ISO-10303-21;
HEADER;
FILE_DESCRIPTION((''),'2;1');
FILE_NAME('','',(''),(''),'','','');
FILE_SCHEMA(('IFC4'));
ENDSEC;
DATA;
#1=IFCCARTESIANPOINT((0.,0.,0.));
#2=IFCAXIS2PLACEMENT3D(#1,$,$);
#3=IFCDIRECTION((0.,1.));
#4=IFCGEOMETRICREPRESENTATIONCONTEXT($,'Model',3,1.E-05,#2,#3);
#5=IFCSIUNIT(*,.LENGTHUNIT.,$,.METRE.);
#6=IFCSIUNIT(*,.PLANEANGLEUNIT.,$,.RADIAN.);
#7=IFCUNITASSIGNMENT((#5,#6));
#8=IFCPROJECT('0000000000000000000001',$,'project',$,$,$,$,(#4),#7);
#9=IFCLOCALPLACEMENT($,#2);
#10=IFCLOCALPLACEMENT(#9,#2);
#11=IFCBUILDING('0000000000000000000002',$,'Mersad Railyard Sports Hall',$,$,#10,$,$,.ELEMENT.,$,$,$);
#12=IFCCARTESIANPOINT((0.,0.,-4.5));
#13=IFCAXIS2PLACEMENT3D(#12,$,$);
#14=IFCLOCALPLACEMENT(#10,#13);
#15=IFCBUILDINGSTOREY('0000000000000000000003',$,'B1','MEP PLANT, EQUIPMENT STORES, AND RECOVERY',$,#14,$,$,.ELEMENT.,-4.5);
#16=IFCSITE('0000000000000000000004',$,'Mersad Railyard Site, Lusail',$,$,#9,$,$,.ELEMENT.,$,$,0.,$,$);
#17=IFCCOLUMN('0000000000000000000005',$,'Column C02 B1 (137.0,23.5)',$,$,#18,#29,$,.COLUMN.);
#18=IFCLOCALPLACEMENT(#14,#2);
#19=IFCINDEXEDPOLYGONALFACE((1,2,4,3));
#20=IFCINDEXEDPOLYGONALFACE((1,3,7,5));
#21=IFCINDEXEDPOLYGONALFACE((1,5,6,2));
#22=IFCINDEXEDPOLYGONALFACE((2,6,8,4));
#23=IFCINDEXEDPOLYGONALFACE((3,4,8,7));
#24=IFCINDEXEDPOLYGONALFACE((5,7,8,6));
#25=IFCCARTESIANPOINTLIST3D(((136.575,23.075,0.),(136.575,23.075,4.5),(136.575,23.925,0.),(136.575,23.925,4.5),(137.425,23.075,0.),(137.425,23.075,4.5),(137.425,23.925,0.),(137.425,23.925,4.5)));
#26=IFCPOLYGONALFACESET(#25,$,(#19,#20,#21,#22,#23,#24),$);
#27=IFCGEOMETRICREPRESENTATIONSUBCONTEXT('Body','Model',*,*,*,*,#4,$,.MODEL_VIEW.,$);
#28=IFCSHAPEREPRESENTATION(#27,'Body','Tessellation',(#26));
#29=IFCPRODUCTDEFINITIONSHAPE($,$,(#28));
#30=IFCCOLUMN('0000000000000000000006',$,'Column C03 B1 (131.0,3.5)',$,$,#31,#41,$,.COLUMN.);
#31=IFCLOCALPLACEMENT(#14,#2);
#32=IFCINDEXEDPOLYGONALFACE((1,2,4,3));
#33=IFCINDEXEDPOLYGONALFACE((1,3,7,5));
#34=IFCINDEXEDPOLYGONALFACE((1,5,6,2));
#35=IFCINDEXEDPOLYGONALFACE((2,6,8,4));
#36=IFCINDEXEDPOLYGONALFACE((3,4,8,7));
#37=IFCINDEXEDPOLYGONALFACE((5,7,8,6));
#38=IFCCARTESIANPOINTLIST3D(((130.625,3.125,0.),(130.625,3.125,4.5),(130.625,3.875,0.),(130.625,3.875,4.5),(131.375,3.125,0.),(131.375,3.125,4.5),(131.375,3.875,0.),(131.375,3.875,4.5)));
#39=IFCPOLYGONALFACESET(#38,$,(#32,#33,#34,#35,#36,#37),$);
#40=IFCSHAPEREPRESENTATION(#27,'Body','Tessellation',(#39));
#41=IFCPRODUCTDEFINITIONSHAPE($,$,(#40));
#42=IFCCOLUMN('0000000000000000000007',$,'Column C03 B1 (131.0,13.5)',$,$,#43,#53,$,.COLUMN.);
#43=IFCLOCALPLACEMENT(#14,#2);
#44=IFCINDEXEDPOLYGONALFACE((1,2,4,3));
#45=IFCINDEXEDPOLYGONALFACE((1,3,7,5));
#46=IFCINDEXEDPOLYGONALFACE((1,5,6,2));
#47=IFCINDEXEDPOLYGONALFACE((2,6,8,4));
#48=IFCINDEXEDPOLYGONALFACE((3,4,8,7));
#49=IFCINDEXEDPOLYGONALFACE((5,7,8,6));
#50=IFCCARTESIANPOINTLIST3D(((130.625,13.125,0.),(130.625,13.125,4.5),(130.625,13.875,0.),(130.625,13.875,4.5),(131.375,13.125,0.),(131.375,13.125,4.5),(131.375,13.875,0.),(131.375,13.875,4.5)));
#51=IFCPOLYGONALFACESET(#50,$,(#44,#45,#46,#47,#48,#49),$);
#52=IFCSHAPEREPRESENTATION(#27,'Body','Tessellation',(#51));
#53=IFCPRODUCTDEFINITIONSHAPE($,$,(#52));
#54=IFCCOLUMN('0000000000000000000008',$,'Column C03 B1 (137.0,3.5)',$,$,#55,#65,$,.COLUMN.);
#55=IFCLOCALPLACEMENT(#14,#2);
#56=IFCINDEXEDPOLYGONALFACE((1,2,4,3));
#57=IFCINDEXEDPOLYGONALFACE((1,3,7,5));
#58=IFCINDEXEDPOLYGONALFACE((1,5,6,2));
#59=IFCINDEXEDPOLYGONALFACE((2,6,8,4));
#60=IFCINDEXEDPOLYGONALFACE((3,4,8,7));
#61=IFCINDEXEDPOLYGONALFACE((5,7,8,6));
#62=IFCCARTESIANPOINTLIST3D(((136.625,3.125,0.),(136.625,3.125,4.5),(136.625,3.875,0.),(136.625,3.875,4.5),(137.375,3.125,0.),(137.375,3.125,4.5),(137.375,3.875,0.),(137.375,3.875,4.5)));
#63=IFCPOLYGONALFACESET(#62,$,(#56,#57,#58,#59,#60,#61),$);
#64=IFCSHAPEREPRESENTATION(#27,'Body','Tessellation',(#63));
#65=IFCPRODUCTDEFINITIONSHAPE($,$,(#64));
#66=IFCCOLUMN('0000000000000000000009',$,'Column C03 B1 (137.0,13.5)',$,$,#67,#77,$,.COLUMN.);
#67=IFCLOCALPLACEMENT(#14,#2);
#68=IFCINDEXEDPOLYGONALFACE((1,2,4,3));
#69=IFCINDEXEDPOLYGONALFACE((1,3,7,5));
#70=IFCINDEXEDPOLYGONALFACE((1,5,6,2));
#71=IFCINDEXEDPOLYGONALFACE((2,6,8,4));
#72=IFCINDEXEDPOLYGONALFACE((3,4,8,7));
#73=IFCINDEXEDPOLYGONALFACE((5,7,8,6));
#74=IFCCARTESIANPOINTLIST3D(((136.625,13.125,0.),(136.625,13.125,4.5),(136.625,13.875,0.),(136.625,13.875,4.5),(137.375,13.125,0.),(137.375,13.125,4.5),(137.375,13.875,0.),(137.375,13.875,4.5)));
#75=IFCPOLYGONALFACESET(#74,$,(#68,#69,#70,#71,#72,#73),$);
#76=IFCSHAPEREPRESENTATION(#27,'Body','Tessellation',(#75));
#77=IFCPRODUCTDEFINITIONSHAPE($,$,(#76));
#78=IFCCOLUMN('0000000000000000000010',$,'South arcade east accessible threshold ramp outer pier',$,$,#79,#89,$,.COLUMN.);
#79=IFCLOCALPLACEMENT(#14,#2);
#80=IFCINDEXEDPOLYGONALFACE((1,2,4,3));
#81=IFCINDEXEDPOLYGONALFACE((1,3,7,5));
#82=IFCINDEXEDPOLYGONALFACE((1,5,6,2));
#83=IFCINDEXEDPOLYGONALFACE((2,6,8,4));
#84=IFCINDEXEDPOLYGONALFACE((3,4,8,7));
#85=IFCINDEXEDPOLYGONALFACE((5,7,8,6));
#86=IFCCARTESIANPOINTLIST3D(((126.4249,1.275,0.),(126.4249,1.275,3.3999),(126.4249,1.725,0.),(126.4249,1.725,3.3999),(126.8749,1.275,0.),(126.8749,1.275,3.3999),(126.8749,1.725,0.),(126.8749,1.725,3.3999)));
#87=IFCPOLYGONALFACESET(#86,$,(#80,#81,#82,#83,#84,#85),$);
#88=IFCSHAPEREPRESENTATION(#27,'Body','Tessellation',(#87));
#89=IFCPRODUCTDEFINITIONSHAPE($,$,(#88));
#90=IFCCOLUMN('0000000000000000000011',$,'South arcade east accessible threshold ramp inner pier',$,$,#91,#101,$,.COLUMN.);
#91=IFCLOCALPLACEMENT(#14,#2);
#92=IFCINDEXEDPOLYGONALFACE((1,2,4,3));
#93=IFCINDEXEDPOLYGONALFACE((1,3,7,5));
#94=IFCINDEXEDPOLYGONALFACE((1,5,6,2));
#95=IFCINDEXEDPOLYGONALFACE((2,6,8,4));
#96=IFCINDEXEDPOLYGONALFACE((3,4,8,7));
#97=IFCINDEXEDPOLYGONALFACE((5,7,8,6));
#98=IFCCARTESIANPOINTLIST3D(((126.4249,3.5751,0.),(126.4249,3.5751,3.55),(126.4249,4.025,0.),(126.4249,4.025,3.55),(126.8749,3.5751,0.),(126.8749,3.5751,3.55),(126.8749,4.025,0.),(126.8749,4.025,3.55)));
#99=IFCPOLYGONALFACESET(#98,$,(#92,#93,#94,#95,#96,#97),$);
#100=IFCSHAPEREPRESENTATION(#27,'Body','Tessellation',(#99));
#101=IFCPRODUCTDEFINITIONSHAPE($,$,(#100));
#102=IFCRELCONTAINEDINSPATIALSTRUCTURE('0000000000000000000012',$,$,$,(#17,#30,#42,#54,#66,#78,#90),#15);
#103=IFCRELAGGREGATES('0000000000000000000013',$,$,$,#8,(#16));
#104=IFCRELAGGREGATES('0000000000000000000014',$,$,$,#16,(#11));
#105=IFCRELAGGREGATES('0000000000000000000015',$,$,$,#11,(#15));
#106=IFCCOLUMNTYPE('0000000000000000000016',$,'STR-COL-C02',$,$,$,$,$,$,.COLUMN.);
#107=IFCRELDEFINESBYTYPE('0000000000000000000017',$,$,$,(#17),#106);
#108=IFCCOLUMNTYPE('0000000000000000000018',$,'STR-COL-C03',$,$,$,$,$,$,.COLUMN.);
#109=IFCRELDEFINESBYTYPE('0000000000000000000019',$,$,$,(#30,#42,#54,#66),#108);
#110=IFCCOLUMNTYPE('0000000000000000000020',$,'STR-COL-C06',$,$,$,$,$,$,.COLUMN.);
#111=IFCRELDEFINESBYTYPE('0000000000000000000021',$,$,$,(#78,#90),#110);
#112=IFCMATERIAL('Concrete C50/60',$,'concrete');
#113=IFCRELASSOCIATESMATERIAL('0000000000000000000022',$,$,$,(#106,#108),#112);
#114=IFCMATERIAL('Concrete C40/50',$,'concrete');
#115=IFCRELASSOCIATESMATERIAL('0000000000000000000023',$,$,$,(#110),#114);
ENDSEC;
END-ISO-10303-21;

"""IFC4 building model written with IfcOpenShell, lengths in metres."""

from ifc_helpers import new_model, si_unit, direction, frame, origin, origin_2d, place, context, subcontext, project, spatial, rectangle, extrude, material, material_profile, profile_set, type_object, element, save


model = new_model("IFC4")

# Units and contexts
model_context = context("Model", 3, precision=1e-05, world=origin(), true_north=direction((0.0, 1.0)))
body_context = subcontext(model_context, "Body", "Model", "MODEL_VIEW")
ifc_project = project(units=[si_unit("LENGTHUNIT", "METRE"), si_unit("PLANEANGLEUNIT", "RADIAN")], contexts=[model_context])

# Site, building, storey
site_placement = place(None, origin())
site = spatial("IfcSite", under=ifc_project, at=site_placement, Name="Mersad Railyard Site, Lusail", CompositionType="ELEMENT", RefElevation=0.0)
building_placement = place(site_placement, origin())
building = spatial("IfcBuilding", under=site, at=building_placement, Name="Mersad Railyard Sports Hall", CompositionType="ELEMENT")
storey_placement = place(building_placement, frame((0.0, 0.0, -4.5)))
storey = spatial("IfcBuildingStorey", under=building, at=storey_placement, Name="B1", Description="MEP PLANT, EQUIPMENT STORES, AND RECOVERY", CompositionType="ELEMENT", Elevation=-4.5)

# Shared definitions
ifc_material_1 = material(Name="Concrete C40/50", Category="concrete")

# Columns
ifc_material_2 = material(Name="Concrete C50/60", Category="concrete")
ifc_material_profile_1 = material_profile(ifc_material_2, rectangle(XDim=0.8501, YDim=0.8501, at=origin_2d()), Name="RC 850x850")
ifc_profile_set_1 = profile_set([ifc_material_profile_1], Name="Concrete C50/60")
column_type_1 = type_object("IfcColumnType", Name="STR-COL-C02", PredefinedType="COLUMN", material=ifc_profile_set_1)
for number, where, z_axis, x_axis, name in (
    (1, (137.0, 23.5, 0.0), (0.0, 0.0, 1.0), (1.0, 0.0, 0.0), "Column C02 B1 (137.0,23.5)"),
):
    element("IfcColumn", number, at=place(storey_placement, frame(where, z_axis=z_axis, x_axis=x_axis)), inside=storey, type_object=column_type_1, Name=name, PredefinedType="COLUMN", context=body_context, shape_type="SweptSolid", body=[
        extrude(rectangle(XDim=0.8501, YDim=0.8501, at=origin_2d()), origin(), (0.0, 0.0, 1.0), 4.5),
    ])
ifc_material_profile_2 = material_profile(ifc_material_2, rectangle(XDim=0.75, YDim=0.75, at=origin_2d()), Name="RC 750x750")
ifc_profile_set_2 = profile_set([ifc_material_profile_2], Name="Concrete C50/60")
column_type_2 = type_object("IfcColumnType", Name="STR-COL-C03", PredefinedType="COLUMN", material=ifc_profile_set_2)
for number, where, z_axis, x_axis, name in (
    (2, (131.0, 3.5, 0.0), (0.0, 0.0, 1.0), (1.0, 0.0, 0.0), "Column C03 B1 (131.0,3.5)"),
    (3, (131.0, 13.5, 0.0), (0.0, 0.0, 1.0), (1.0, 0.0, 0.0), "Column C03 B1 (131.0,13.5)"),
    (4, (137.0, 3.5, 0.0), (0.0, 0.0, 1.0), (1.0, 0.0, 0.0), "Column C03 B1 (137.0,3.5)"),
    (5, (137.0, 13.5, 0.0), (0.0, 0.0, 1.0), (1.0, 0.0, 0.0), "Column C03 B1 (137.0,13.5)"),
):
    element("IfcColumn", number, at=place(storey_placement, frame(where, z_axis=z_axis, x_axis=x_axis)), inside=storey, type_object=column_type_2, Name=name, PredefinedType="COLUMN", context=body_context, shape_type="SweptSolid", body=[
        extrude(rectangle(XDim=0.75, YDim=0.75, at=origin_2d()), origin(), (0.0, 0.0, 1.0), 4.5),
    ])
ifc_material_profile_3 = material_profile(ifc_material_1, rectangle(XDim=0.45, YDim=0.45, at=origin_2d()), Name="RC 450x450")
ifc_profile_set_3 = profile_set([ifc_material_profile_3], Name="Concrete C40/50")
column_type_3 = type_object("IfcColumnType", Name="STR-COL-C06", PredefinedType="COLUMN", material=ifc_profile_set_3)
column_1_placement = place(storey_placement, frame((126.6499, 1.5, 0.0), z_axis=(0.0, 0.0, 1.0), x_axis=(1.0, 0.0, 0.0)))
element("IfcColumn", 6, at=column_1_placement, inside=storey, type_object=column_type_3, Name="South arcade east accessible threshold ramp outer pier", PredefinedType="COLUMN", context=body_context, shape_type="SweptSolid", body=[
    extrude(rectangle(XDim=0.45, YDim=0.45, at=origin_2d()), origin(), (0.0, 0.0, 1.0), 3.3999),
])
column_2_placement = place(storey_placement, frame((126.6499, 3.8, 0.0), z_axis=(0.0, 0.0, 1.0), x_axis=(1.0, 0.0, 0.0)))
element("IfcColumn", 7, at=column_2_placement, inside=storey, type_object=column_type_3, Name="South arcade east accessible threshold ramp inner pier", PredefinedType="COLUMN", context=body_context, shape_type="SweptSolid", body=[
    extrude(rectangle(XDim=0.45, YDim=0.45, at=origin_2d()), origin(), (0.0, 0.0, 1.0), 3.55),
])

save(model, "model.ifc")
